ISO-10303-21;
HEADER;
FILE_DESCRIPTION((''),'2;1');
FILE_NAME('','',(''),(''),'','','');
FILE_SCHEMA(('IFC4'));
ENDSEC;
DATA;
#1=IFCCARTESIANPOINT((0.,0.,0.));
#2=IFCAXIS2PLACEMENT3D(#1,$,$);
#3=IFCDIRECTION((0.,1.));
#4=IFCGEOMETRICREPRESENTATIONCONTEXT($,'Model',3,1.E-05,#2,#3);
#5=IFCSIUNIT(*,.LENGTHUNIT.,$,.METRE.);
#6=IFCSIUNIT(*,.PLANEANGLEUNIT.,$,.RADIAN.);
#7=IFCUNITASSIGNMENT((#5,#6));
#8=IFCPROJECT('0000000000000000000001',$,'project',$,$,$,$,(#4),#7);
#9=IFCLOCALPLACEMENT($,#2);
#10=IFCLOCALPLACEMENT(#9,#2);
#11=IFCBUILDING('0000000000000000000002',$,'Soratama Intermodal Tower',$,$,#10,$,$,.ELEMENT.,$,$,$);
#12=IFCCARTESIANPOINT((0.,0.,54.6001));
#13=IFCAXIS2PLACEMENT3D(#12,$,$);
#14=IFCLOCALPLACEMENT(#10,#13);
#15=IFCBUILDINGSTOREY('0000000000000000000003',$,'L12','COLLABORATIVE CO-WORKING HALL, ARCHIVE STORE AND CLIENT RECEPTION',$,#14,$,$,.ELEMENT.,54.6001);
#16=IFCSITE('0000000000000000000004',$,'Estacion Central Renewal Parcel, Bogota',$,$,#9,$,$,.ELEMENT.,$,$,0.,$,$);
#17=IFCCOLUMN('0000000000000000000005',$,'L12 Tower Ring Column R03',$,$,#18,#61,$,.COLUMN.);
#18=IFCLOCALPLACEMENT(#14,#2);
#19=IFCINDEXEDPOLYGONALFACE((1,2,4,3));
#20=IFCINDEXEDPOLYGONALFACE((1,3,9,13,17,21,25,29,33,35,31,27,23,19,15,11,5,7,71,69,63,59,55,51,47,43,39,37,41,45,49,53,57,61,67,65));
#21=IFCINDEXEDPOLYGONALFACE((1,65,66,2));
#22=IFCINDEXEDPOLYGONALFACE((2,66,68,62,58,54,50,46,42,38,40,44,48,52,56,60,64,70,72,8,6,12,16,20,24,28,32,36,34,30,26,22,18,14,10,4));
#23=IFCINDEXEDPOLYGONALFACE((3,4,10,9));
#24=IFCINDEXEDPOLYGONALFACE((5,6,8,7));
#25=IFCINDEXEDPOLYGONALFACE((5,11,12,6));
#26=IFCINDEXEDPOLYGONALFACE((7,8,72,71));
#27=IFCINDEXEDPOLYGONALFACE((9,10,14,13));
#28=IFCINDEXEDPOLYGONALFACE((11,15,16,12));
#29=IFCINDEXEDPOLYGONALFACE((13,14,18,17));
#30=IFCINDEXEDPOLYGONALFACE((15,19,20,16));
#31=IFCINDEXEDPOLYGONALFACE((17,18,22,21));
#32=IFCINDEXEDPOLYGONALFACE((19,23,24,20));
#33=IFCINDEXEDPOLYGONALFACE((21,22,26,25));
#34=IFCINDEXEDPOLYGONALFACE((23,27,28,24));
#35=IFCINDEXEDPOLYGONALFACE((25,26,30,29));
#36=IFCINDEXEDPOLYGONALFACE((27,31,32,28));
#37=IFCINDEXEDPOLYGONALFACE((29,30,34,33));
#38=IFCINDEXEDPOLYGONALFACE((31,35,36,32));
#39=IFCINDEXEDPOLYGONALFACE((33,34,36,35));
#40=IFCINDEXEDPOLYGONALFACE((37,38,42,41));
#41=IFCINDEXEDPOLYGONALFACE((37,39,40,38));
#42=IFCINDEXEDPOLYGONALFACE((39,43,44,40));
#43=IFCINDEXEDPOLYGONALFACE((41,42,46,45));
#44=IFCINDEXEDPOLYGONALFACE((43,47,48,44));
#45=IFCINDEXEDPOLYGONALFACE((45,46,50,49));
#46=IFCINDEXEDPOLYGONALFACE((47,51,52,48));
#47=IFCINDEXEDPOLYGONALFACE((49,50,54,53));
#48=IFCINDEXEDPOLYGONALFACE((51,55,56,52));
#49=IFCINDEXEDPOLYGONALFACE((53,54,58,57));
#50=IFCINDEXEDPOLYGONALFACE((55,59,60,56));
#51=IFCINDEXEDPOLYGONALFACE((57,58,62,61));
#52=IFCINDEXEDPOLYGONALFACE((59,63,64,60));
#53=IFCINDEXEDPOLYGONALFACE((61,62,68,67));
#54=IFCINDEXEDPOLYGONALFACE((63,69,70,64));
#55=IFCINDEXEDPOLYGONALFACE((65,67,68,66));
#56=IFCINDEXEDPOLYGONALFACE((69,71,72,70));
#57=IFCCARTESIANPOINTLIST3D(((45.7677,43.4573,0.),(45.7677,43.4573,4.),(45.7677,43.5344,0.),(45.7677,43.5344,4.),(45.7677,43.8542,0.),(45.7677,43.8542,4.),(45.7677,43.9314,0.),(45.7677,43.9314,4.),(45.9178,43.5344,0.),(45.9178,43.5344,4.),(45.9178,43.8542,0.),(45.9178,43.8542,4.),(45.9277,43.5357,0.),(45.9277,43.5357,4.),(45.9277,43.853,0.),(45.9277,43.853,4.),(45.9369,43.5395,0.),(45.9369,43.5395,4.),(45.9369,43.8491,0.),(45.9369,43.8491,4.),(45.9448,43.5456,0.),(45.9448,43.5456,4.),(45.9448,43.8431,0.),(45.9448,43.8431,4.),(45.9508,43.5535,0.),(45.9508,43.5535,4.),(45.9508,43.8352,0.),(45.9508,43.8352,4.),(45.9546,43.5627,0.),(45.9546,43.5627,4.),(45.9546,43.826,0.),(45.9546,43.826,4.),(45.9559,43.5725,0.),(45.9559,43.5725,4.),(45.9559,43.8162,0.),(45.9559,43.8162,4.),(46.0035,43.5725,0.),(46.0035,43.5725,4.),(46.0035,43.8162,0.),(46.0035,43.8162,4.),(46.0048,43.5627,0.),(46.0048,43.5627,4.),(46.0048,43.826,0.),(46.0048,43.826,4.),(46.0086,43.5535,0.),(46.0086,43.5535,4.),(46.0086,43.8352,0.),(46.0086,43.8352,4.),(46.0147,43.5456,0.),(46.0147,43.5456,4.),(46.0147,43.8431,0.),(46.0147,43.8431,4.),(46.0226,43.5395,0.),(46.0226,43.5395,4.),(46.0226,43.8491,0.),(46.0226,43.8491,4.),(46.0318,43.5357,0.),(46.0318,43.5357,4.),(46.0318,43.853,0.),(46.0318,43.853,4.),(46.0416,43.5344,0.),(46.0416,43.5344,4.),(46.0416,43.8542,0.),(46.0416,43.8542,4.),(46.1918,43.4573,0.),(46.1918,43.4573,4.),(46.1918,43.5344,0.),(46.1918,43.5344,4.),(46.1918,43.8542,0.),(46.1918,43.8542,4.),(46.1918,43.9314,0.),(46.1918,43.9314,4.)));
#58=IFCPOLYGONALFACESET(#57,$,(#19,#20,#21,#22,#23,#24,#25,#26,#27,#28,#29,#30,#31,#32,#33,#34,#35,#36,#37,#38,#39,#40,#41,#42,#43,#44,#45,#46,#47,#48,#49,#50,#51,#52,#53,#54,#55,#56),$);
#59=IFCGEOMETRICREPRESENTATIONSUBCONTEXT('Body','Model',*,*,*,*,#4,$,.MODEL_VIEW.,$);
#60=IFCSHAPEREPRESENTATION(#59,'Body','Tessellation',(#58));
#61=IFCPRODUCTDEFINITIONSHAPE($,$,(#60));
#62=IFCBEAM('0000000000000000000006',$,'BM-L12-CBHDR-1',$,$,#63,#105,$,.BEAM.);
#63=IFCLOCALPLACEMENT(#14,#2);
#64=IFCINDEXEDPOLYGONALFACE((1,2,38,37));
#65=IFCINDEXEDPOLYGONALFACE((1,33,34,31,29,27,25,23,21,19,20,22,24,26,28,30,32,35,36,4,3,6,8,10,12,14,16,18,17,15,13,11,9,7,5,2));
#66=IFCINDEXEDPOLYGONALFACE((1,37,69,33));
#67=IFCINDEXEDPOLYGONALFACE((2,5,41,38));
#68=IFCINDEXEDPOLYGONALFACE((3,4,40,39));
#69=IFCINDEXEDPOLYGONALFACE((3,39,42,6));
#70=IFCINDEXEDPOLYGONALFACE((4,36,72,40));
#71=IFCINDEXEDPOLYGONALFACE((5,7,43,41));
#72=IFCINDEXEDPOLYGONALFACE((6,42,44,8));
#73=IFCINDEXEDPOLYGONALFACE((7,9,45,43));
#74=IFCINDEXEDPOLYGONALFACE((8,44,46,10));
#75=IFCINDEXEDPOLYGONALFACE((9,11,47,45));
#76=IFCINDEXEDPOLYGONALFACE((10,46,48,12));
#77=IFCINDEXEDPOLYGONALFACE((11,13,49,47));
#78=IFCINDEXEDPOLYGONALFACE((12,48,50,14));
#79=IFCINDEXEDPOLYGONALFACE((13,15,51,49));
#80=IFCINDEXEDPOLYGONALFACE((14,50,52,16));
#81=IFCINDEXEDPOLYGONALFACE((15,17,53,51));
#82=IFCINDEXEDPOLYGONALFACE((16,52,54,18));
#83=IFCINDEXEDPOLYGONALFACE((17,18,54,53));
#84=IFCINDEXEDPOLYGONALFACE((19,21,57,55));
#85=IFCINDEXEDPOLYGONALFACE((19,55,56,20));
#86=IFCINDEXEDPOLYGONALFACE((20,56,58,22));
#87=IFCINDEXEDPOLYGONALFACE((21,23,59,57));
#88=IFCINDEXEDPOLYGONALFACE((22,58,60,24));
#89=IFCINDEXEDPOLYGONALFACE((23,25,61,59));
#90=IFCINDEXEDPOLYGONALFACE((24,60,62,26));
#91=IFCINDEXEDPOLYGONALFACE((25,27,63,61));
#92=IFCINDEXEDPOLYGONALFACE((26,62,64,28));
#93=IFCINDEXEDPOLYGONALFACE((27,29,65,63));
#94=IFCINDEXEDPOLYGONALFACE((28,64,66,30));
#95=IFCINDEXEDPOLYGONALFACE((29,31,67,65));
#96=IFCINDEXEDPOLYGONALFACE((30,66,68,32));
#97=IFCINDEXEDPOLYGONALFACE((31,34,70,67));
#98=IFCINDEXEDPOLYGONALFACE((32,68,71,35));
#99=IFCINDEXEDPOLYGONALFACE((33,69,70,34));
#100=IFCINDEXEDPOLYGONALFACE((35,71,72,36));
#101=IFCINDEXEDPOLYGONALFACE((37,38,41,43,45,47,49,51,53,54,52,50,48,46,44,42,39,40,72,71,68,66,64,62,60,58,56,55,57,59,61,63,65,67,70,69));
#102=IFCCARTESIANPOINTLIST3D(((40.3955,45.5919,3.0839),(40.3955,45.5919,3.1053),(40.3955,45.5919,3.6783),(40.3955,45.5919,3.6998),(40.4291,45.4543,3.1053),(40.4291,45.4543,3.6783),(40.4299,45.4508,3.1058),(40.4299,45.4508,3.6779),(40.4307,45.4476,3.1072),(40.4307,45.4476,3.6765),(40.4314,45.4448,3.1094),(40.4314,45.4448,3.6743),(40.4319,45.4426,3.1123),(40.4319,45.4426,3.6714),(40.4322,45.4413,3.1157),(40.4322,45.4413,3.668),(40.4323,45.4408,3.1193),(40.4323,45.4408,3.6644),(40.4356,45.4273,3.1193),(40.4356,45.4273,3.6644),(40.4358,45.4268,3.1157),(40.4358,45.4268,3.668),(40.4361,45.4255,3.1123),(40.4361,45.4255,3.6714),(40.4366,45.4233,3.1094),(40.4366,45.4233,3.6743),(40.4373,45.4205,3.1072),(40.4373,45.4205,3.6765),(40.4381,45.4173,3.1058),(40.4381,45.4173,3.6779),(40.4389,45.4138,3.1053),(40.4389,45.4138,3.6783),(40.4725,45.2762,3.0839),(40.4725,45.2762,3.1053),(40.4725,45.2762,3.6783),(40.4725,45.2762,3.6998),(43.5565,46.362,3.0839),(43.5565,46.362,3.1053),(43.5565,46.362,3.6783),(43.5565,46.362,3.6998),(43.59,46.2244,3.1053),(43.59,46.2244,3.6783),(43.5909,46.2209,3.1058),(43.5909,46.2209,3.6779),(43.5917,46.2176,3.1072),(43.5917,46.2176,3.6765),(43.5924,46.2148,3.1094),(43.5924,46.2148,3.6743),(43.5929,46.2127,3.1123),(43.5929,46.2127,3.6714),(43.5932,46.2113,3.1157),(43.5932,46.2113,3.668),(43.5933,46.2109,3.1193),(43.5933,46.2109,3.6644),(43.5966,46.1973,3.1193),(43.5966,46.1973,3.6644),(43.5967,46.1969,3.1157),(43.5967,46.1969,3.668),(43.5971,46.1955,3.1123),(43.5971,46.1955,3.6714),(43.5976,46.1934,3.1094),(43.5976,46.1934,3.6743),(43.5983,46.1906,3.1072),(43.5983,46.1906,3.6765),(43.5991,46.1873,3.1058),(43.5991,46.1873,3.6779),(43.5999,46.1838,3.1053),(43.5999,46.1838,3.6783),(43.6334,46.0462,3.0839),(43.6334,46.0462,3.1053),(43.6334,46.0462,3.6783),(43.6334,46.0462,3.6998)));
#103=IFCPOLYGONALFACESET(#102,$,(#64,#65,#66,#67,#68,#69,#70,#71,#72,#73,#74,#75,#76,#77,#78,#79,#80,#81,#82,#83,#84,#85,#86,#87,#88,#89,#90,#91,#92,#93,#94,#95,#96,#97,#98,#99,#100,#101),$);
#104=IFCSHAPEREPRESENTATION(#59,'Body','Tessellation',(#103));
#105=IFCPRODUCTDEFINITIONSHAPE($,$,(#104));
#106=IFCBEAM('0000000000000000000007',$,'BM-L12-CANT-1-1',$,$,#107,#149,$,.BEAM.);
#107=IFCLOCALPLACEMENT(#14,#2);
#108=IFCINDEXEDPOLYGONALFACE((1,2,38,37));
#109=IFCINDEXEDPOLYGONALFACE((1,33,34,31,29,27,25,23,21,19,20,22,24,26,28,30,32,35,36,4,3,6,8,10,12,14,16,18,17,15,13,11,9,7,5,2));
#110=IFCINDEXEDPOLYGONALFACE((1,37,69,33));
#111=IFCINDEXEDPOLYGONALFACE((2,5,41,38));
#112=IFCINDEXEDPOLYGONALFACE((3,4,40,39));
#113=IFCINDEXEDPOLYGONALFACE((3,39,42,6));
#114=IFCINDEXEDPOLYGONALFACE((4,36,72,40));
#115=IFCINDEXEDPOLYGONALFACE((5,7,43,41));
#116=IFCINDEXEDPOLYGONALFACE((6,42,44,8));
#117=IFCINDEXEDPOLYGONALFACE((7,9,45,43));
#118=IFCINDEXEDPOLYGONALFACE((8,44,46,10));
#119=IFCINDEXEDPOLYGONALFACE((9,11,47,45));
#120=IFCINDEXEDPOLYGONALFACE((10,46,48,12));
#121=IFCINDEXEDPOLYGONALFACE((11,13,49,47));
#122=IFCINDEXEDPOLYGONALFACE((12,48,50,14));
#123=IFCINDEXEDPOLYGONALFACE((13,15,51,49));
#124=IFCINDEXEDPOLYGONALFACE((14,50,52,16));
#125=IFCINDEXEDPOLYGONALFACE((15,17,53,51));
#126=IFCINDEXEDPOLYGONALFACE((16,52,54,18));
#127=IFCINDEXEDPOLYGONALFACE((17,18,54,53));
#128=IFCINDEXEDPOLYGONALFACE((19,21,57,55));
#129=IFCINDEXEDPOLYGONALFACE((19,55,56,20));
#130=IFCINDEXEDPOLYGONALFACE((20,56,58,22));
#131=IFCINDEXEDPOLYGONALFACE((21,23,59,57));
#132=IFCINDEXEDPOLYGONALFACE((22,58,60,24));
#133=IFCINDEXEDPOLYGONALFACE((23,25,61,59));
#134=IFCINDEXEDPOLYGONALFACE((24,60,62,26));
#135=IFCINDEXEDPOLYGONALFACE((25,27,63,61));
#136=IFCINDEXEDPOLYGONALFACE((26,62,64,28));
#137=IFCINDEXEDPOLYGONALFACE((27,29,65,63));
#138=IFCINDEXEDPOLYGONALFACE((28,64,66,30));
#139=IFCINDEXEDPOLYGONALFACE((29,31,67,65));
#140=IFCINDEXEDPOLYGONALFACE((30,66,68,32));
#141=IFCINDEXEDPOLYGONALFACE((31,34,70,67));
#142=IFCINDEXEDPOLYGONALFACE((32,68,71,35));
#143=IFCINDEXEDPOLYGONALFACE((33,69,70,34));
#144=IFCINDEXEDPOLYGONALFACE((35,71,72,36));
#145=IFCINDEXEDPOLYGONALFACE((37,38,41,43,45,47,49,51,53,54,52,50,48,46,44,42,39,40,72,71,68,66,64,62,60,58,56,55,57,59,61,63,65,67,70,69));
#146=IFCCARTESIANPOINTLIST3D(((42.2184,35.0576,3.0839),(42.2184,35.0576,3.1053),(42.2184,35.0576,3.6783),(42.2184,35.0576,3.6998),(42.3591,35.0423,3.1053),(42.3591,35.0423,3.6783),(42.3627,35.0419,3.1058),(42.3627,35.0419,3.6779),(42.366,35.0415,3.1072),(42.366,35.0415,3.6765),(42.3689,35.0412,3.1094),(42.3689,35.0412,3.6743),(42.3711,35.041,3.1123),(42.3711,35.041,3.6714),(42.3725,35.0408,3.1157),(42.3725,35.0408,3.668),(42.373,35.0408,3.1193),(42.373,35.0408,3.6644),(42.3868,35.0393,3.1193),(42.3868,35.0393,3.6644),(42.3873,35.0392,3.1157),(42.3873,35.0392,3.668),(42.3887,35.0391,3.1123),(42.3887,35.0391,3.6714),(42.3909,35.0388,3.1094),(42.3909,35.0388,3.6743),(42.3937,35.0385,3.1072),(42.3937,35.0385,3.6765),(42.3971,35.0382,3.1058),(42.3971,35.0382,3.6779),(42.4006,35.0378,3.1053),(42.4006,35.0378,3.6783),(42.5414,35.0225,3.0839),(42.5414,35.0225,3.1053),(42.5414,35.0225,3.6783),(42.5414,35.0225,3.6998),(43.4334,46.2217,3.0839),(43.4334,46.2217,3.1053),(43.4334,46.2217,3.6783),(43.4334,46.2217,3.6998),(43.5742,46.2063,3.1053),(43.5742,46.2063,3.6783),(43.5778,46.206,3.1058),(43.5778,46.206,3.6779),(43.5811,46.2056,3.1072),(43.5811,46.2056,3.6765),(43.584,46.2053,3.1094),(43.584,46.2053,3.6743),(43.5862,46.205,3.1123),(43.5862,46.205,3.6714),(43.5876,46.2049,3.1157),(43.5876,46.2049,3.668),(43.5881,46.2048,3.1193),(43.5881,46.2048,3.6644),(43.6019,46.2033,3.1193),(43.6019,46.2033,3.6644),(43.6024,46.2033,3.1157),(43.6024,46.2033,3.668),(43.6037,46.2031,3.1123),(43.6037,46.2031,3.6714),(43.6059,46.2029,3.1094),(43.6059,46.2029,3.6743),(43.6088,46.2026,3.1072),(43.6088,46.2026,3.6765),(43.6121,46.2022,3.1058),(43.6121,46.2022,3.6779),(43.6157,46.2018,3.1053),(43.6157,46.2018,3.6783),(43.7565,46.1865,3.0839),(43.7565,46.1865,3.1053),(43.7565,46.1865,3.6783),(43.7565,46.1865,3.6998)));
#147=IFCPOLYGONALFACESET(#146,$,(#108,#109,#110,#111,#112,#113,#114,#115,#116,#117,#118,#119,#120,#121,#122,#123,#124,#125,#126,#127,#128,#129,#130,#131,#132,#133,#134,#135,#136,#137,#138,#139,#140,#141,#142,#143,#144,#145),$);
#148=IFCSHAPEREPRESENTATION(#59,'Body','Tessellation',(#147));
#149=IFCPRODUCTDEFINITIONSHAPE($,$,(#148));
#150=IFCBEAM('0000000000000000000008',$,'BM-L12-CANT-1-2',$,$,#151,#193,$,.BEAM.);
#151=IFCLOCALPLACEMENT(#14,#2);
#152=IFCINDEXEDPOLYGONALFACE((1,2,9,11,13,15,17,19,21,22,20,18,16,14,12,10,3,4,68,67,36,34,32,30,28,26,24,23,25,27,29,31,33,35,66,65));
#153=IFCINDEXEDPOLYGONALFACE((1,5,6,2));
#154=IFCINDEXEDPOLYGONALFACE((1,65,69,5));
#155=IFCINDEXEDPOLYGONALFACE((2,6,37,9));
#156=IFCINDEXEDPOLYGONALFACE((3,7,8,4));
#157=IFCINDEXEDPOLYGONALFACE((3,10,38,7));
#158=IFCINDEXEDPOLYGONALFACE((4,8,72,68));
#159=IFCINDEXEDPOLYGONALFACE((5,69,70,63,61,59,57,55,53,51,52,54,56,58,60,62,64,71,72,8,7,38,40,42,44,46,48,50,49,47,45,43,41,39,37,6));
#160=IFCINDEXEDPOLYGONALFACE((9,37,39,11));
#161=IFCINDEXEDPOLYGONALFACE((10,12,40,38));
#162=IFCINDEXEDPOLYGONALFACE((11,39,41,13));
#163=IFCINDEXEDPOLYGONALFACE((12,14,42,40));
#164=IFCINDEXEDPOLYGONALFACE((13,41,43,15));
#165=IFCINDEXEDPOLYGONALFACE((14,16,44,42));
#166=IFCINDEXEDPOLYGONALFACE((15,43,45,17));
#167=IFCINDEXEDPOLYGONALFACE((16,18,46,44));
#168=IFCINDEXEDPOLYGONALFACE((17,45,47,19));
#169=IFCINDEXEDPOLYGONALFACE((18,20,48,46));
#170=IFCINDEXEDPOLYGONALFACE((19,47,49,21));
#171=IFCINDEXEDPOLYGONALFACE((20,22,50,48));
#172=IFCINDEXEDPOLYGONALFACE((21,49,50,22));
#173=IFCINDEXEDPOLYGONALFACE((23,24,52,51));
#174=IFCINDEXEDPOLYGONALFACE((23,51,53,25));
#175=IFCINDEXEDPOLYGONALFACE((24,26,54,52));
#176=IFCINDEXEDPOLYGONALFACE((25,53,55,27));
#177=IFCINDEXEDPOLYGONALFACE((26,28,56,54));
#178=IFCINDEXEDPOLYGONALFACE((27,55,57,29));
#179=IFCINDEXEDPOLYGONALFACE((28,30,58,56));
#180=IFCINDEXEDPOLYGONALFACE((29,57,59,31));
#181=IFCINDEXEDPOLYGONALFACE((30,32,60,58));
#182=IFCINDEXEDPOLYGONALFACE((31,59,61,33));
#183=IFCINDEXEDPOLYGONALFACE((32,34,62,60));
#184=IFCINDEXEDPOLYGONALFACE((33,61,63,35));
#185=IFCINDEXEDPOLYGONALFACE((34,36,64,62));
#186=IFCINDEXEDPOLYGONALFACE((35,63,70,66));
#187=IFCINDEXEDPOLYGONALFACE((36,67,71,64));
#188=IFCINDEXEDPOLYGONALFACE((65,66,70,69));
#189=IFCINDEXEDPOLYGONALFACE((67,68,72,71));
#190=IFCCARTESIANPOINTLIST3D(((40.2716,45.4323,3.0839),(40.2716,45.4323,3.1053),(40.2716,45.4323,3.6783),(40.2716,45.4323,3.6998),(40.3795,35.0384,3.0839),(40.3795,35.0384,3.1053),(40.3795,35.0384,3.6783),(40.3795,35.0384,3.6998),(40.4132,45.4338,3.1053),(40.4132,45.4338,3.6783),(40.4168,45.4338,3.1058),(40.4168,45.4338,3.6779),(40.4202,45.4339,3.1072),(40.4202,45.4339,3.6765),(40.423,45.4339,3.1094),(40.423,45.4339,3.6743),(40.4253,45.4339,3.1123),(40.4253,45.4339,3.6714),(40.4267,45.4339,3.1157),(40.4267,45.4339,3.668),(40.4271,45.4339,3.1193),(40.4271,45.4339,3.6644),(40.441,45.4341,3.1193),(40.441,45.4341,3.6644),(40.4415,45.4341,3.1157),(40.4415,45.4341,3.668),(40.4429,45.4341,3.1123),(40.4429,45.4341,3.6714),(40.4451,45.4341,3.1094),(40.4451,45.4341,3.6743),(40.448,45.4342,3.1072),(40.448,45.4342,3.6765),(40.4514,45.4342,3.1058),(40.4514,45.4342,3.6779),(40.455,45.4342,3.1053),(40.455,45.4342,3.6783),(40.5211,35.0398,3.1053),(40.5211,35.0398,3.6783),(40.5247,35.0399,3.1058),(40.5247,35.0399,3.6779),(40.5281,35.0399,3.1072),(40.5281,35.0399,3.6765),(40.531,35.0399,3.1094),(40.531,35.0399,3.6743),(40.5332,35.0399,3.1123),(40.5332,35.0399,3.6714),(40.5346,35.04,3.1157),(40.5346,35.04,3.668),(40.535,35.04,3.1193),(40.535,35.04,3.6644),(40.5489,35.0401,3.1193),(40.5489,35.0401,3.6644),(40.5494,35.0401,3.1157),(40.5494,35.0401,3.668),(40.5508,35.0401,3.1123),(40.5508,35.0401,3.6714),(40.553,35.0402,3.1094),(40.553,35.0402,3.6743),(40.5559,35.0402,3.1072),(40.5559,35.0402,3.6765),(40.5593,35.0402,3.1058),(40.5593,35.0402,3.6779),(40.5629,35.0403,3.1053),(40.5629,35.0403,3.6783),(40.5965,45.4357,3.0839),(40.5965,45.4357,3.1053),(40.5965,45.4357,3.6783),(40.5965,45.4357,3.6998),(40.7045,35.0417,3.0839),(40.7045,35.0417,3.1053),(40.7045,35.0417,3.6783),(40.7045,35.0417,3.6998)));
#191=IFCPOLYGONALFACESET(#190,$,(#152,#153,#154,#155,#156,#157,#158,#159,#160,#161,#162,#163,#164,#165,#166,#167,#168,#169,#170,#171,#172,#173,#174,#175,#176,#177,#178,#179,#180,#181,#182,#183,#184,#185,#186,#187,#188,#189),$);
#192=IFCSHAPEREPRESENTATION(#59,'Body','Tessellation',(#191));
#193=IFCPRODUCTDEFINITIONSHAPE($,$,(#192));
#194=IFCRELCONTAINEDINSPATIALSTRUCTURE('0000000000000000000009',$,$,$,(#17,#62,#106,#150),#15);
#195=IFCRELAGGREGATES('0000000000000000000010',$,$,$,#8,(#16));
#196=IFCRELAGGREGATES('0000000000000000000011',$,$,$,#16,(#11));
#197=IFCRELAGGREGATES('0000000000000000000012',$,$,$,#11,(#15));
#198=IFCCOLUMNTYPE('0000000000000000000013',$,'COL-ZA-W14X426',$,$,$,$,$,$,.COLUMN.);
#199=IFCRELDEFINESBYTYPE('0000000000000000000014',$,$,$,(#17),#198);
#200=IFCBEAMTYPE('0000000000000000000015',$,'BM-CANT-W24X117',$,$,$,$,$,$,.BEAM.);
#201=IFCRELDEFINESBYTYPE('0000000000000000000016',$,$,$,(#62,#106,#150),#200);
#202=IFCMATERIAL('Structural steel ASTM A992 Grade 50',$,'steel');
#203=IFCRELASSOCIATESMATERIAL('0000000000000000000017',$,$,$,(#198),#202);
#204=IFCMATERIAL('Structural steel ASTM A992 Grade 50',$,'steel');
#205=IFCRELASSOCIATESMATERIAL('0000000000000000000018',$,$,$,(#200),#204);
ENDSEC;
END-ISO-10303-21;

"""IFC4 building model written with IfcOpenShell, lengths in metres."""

from ifc_helpers import new_model, si_unit, direction, frame, origin, origin_2d, place, context, subcontext, project, spatial, i_section, extrude, material, material_profile, profile_set, type_object, element, save


model = new_model("IFC4")

# Units and contexts
model_context = context("Model", 3, precision=1e-05, world=origin(), true_north=direction((0.0, 1.0)))
body_context = subcontext(model_context, "Body", "Model", "MODEL_VIEW")
ifc_project = project(units=[si_unit("LENGTHUNIT", "METRE"), si_unit("PLANEANGLEUNIT", "RADIAN")], contexts=[model_context])

# Site, building, storey
site_placement = place(None, origin())
site = spatial("IfcSite", under=ifc_project, at=site_placement, Name="Estacion Central Renewal Parcel, Bogota", CompositionType="ELEMENT", RefElevation=0.0)
building_placement = place(site_placement, origin())
building = spatial("IfcBuilding", under=site, at=building_placement, Name="Soratama Intermodal Tower", CompositionType="ELEMENT")
storey_placement = place(building_placement, frame((0.0, 0.0, 54.6001)))
storey = spatial("IfcBuildingStorey", under=building, at=storey_placement, Name="L12", Description="COLLABORATIVE CO-WORKING HALL, ARCHIVE STORE AND CLIENT RECEPTION", CompositionType="ELEMENT", Elevation=54.6001)

# Column
ifc_material_1 = material(Name="Structural steel ASTM A992 Grade 50", Category="steel")
ifc_material_profile_1 = material_profile(ifc_material_1, i_section(OverallWidth=0.4241, OverallDepth=0.4741, WebThickness=0.0476, FlangeThickness=0.0771, FilletRadius=0.0381, at=origin_2d()), Name="W14X426")
ifc_profile_set_1 = profile_set([ifc_material_profile_1], Name="Structural steel ASTM A992 Grade 50")
column_type = type_object("IfcColumnType", Name="COL-ZA-W14X426", PredefinedType="COLUMN", material=ifc_profile_set_1)
column_placement = place(storey_placement, frame((45.9797, 43.6943, 0.0), z_axis=(0.0, 0.0, 1.0), x_axis=(1.0, 0.0, 0.0)))
element("IfcColumn", 1, at=column_placement, inside=storey, type_object=column_type, Name="L12 Tower Ring Column R03", PredefinedType="COLUMN", context=body_context, shape_type="SweptSolid", body=[
    extrude(i_section(OverallWidth=0.4241, OverallDepth=0.4741, WebThickness=0.0476, FlangeThickness=0.0771, FilletRadius=0.0381, at=origin_2d()), origin(), (0.0, 0.0, 1.0), 4.0),
])

# Beams
ifc_material_2 = material(Name="Structural steel ASTM A992 Grade 50", Category="steel")
ifc_material_profile_2 = material_profile(ifc_material_2, i_section(OverallWidth=0.325, OverallDepth=0.616, WebThickness=0.0139, FlangeThickness=0.0215, FilletRadius=0.0139, at=origin_2d()), Name="W24X117")
ifc_profile_set_2 = profile_set([ifc_material_profile_2], Name="Structural steel ASTM A992 Grade 50")
beam_type_1 = type_object("IfcBeamType", Name="BM-CANT-W24X117", PredefinedType="BEAM", material=ifc_profile_set_2)
beam_1_placement = place(storey_placement, frame((43.595, 46.2041, 3.3918), z_axis=(-0.971586, -0.236687, 0.0), x_axis=(0.236687, -0.971586, 0.0)))
element("IfcBeam", 2, at=beam_1_placement, inside=storey, type_object=beam_type_1, Name="BM-L12-CBHDR-1", PredefinedType="BEAM", context=body_context, shape_type="SweptSolid", body=[
    extrude(i_section(OverallWidth=0.325, OverallDepth=0.616, WebThickness=0.0139, FlangeThickness=0.0215, FilletRadius=0.0139, at=origin_2d()), origin(), (0.0, 0.0, 1.0), 3.2534),
])
beam_2_placement = place(storey_placement, frame((42.3799, 35.04, 3.3918), z_axis=(0.1082, 0.994129, 0.0), x_axis=(-0.994129, 0.1082, 0.0)))
element("IfcBeam", 3, at=beam_2_placement, inside=storey, type_object=beam_type_1, Name="BM-L12-CANT-1-1", PredefinedType="BEAM", context=body_context, shape_type="SweptSolid", body=[
    extrude(i_section(OverallWidth=0.325, OverallDepth=0.616, WebThickness=0.0139, FlangeThickness=0.0215, FilletRadius=0.0139, at=origin_2d()), origin(), (0.0, 0.0, 1.0), 11.23),
])
beam_3_placement = place(storey_placement, frame((40.542, 35.04, 3.3918), z_axis=(-0.010381, 0.999946, 0.0), x_axis=(-0.999946, -0.010381, 0.0)))
element("IfcBeam", 4, at=beam_3_placement, inside=storey, type_object=beam_type_1, Name="BM-L12-CANT-1-2", PredefinedType="BEAM", context=body_context, shape_type="SweptSolid", body=[
    extrude(i_section(OverallWidth=0.325, OverallDepth=0.616, WebThickness=0.0139, FlangeThickness=0.0215, FilletRadius=0.0139, at=origin_2d()), origin(), (0.0, 0.0, 1.0), 10.3945),
])

save(model, "model.ifc")
